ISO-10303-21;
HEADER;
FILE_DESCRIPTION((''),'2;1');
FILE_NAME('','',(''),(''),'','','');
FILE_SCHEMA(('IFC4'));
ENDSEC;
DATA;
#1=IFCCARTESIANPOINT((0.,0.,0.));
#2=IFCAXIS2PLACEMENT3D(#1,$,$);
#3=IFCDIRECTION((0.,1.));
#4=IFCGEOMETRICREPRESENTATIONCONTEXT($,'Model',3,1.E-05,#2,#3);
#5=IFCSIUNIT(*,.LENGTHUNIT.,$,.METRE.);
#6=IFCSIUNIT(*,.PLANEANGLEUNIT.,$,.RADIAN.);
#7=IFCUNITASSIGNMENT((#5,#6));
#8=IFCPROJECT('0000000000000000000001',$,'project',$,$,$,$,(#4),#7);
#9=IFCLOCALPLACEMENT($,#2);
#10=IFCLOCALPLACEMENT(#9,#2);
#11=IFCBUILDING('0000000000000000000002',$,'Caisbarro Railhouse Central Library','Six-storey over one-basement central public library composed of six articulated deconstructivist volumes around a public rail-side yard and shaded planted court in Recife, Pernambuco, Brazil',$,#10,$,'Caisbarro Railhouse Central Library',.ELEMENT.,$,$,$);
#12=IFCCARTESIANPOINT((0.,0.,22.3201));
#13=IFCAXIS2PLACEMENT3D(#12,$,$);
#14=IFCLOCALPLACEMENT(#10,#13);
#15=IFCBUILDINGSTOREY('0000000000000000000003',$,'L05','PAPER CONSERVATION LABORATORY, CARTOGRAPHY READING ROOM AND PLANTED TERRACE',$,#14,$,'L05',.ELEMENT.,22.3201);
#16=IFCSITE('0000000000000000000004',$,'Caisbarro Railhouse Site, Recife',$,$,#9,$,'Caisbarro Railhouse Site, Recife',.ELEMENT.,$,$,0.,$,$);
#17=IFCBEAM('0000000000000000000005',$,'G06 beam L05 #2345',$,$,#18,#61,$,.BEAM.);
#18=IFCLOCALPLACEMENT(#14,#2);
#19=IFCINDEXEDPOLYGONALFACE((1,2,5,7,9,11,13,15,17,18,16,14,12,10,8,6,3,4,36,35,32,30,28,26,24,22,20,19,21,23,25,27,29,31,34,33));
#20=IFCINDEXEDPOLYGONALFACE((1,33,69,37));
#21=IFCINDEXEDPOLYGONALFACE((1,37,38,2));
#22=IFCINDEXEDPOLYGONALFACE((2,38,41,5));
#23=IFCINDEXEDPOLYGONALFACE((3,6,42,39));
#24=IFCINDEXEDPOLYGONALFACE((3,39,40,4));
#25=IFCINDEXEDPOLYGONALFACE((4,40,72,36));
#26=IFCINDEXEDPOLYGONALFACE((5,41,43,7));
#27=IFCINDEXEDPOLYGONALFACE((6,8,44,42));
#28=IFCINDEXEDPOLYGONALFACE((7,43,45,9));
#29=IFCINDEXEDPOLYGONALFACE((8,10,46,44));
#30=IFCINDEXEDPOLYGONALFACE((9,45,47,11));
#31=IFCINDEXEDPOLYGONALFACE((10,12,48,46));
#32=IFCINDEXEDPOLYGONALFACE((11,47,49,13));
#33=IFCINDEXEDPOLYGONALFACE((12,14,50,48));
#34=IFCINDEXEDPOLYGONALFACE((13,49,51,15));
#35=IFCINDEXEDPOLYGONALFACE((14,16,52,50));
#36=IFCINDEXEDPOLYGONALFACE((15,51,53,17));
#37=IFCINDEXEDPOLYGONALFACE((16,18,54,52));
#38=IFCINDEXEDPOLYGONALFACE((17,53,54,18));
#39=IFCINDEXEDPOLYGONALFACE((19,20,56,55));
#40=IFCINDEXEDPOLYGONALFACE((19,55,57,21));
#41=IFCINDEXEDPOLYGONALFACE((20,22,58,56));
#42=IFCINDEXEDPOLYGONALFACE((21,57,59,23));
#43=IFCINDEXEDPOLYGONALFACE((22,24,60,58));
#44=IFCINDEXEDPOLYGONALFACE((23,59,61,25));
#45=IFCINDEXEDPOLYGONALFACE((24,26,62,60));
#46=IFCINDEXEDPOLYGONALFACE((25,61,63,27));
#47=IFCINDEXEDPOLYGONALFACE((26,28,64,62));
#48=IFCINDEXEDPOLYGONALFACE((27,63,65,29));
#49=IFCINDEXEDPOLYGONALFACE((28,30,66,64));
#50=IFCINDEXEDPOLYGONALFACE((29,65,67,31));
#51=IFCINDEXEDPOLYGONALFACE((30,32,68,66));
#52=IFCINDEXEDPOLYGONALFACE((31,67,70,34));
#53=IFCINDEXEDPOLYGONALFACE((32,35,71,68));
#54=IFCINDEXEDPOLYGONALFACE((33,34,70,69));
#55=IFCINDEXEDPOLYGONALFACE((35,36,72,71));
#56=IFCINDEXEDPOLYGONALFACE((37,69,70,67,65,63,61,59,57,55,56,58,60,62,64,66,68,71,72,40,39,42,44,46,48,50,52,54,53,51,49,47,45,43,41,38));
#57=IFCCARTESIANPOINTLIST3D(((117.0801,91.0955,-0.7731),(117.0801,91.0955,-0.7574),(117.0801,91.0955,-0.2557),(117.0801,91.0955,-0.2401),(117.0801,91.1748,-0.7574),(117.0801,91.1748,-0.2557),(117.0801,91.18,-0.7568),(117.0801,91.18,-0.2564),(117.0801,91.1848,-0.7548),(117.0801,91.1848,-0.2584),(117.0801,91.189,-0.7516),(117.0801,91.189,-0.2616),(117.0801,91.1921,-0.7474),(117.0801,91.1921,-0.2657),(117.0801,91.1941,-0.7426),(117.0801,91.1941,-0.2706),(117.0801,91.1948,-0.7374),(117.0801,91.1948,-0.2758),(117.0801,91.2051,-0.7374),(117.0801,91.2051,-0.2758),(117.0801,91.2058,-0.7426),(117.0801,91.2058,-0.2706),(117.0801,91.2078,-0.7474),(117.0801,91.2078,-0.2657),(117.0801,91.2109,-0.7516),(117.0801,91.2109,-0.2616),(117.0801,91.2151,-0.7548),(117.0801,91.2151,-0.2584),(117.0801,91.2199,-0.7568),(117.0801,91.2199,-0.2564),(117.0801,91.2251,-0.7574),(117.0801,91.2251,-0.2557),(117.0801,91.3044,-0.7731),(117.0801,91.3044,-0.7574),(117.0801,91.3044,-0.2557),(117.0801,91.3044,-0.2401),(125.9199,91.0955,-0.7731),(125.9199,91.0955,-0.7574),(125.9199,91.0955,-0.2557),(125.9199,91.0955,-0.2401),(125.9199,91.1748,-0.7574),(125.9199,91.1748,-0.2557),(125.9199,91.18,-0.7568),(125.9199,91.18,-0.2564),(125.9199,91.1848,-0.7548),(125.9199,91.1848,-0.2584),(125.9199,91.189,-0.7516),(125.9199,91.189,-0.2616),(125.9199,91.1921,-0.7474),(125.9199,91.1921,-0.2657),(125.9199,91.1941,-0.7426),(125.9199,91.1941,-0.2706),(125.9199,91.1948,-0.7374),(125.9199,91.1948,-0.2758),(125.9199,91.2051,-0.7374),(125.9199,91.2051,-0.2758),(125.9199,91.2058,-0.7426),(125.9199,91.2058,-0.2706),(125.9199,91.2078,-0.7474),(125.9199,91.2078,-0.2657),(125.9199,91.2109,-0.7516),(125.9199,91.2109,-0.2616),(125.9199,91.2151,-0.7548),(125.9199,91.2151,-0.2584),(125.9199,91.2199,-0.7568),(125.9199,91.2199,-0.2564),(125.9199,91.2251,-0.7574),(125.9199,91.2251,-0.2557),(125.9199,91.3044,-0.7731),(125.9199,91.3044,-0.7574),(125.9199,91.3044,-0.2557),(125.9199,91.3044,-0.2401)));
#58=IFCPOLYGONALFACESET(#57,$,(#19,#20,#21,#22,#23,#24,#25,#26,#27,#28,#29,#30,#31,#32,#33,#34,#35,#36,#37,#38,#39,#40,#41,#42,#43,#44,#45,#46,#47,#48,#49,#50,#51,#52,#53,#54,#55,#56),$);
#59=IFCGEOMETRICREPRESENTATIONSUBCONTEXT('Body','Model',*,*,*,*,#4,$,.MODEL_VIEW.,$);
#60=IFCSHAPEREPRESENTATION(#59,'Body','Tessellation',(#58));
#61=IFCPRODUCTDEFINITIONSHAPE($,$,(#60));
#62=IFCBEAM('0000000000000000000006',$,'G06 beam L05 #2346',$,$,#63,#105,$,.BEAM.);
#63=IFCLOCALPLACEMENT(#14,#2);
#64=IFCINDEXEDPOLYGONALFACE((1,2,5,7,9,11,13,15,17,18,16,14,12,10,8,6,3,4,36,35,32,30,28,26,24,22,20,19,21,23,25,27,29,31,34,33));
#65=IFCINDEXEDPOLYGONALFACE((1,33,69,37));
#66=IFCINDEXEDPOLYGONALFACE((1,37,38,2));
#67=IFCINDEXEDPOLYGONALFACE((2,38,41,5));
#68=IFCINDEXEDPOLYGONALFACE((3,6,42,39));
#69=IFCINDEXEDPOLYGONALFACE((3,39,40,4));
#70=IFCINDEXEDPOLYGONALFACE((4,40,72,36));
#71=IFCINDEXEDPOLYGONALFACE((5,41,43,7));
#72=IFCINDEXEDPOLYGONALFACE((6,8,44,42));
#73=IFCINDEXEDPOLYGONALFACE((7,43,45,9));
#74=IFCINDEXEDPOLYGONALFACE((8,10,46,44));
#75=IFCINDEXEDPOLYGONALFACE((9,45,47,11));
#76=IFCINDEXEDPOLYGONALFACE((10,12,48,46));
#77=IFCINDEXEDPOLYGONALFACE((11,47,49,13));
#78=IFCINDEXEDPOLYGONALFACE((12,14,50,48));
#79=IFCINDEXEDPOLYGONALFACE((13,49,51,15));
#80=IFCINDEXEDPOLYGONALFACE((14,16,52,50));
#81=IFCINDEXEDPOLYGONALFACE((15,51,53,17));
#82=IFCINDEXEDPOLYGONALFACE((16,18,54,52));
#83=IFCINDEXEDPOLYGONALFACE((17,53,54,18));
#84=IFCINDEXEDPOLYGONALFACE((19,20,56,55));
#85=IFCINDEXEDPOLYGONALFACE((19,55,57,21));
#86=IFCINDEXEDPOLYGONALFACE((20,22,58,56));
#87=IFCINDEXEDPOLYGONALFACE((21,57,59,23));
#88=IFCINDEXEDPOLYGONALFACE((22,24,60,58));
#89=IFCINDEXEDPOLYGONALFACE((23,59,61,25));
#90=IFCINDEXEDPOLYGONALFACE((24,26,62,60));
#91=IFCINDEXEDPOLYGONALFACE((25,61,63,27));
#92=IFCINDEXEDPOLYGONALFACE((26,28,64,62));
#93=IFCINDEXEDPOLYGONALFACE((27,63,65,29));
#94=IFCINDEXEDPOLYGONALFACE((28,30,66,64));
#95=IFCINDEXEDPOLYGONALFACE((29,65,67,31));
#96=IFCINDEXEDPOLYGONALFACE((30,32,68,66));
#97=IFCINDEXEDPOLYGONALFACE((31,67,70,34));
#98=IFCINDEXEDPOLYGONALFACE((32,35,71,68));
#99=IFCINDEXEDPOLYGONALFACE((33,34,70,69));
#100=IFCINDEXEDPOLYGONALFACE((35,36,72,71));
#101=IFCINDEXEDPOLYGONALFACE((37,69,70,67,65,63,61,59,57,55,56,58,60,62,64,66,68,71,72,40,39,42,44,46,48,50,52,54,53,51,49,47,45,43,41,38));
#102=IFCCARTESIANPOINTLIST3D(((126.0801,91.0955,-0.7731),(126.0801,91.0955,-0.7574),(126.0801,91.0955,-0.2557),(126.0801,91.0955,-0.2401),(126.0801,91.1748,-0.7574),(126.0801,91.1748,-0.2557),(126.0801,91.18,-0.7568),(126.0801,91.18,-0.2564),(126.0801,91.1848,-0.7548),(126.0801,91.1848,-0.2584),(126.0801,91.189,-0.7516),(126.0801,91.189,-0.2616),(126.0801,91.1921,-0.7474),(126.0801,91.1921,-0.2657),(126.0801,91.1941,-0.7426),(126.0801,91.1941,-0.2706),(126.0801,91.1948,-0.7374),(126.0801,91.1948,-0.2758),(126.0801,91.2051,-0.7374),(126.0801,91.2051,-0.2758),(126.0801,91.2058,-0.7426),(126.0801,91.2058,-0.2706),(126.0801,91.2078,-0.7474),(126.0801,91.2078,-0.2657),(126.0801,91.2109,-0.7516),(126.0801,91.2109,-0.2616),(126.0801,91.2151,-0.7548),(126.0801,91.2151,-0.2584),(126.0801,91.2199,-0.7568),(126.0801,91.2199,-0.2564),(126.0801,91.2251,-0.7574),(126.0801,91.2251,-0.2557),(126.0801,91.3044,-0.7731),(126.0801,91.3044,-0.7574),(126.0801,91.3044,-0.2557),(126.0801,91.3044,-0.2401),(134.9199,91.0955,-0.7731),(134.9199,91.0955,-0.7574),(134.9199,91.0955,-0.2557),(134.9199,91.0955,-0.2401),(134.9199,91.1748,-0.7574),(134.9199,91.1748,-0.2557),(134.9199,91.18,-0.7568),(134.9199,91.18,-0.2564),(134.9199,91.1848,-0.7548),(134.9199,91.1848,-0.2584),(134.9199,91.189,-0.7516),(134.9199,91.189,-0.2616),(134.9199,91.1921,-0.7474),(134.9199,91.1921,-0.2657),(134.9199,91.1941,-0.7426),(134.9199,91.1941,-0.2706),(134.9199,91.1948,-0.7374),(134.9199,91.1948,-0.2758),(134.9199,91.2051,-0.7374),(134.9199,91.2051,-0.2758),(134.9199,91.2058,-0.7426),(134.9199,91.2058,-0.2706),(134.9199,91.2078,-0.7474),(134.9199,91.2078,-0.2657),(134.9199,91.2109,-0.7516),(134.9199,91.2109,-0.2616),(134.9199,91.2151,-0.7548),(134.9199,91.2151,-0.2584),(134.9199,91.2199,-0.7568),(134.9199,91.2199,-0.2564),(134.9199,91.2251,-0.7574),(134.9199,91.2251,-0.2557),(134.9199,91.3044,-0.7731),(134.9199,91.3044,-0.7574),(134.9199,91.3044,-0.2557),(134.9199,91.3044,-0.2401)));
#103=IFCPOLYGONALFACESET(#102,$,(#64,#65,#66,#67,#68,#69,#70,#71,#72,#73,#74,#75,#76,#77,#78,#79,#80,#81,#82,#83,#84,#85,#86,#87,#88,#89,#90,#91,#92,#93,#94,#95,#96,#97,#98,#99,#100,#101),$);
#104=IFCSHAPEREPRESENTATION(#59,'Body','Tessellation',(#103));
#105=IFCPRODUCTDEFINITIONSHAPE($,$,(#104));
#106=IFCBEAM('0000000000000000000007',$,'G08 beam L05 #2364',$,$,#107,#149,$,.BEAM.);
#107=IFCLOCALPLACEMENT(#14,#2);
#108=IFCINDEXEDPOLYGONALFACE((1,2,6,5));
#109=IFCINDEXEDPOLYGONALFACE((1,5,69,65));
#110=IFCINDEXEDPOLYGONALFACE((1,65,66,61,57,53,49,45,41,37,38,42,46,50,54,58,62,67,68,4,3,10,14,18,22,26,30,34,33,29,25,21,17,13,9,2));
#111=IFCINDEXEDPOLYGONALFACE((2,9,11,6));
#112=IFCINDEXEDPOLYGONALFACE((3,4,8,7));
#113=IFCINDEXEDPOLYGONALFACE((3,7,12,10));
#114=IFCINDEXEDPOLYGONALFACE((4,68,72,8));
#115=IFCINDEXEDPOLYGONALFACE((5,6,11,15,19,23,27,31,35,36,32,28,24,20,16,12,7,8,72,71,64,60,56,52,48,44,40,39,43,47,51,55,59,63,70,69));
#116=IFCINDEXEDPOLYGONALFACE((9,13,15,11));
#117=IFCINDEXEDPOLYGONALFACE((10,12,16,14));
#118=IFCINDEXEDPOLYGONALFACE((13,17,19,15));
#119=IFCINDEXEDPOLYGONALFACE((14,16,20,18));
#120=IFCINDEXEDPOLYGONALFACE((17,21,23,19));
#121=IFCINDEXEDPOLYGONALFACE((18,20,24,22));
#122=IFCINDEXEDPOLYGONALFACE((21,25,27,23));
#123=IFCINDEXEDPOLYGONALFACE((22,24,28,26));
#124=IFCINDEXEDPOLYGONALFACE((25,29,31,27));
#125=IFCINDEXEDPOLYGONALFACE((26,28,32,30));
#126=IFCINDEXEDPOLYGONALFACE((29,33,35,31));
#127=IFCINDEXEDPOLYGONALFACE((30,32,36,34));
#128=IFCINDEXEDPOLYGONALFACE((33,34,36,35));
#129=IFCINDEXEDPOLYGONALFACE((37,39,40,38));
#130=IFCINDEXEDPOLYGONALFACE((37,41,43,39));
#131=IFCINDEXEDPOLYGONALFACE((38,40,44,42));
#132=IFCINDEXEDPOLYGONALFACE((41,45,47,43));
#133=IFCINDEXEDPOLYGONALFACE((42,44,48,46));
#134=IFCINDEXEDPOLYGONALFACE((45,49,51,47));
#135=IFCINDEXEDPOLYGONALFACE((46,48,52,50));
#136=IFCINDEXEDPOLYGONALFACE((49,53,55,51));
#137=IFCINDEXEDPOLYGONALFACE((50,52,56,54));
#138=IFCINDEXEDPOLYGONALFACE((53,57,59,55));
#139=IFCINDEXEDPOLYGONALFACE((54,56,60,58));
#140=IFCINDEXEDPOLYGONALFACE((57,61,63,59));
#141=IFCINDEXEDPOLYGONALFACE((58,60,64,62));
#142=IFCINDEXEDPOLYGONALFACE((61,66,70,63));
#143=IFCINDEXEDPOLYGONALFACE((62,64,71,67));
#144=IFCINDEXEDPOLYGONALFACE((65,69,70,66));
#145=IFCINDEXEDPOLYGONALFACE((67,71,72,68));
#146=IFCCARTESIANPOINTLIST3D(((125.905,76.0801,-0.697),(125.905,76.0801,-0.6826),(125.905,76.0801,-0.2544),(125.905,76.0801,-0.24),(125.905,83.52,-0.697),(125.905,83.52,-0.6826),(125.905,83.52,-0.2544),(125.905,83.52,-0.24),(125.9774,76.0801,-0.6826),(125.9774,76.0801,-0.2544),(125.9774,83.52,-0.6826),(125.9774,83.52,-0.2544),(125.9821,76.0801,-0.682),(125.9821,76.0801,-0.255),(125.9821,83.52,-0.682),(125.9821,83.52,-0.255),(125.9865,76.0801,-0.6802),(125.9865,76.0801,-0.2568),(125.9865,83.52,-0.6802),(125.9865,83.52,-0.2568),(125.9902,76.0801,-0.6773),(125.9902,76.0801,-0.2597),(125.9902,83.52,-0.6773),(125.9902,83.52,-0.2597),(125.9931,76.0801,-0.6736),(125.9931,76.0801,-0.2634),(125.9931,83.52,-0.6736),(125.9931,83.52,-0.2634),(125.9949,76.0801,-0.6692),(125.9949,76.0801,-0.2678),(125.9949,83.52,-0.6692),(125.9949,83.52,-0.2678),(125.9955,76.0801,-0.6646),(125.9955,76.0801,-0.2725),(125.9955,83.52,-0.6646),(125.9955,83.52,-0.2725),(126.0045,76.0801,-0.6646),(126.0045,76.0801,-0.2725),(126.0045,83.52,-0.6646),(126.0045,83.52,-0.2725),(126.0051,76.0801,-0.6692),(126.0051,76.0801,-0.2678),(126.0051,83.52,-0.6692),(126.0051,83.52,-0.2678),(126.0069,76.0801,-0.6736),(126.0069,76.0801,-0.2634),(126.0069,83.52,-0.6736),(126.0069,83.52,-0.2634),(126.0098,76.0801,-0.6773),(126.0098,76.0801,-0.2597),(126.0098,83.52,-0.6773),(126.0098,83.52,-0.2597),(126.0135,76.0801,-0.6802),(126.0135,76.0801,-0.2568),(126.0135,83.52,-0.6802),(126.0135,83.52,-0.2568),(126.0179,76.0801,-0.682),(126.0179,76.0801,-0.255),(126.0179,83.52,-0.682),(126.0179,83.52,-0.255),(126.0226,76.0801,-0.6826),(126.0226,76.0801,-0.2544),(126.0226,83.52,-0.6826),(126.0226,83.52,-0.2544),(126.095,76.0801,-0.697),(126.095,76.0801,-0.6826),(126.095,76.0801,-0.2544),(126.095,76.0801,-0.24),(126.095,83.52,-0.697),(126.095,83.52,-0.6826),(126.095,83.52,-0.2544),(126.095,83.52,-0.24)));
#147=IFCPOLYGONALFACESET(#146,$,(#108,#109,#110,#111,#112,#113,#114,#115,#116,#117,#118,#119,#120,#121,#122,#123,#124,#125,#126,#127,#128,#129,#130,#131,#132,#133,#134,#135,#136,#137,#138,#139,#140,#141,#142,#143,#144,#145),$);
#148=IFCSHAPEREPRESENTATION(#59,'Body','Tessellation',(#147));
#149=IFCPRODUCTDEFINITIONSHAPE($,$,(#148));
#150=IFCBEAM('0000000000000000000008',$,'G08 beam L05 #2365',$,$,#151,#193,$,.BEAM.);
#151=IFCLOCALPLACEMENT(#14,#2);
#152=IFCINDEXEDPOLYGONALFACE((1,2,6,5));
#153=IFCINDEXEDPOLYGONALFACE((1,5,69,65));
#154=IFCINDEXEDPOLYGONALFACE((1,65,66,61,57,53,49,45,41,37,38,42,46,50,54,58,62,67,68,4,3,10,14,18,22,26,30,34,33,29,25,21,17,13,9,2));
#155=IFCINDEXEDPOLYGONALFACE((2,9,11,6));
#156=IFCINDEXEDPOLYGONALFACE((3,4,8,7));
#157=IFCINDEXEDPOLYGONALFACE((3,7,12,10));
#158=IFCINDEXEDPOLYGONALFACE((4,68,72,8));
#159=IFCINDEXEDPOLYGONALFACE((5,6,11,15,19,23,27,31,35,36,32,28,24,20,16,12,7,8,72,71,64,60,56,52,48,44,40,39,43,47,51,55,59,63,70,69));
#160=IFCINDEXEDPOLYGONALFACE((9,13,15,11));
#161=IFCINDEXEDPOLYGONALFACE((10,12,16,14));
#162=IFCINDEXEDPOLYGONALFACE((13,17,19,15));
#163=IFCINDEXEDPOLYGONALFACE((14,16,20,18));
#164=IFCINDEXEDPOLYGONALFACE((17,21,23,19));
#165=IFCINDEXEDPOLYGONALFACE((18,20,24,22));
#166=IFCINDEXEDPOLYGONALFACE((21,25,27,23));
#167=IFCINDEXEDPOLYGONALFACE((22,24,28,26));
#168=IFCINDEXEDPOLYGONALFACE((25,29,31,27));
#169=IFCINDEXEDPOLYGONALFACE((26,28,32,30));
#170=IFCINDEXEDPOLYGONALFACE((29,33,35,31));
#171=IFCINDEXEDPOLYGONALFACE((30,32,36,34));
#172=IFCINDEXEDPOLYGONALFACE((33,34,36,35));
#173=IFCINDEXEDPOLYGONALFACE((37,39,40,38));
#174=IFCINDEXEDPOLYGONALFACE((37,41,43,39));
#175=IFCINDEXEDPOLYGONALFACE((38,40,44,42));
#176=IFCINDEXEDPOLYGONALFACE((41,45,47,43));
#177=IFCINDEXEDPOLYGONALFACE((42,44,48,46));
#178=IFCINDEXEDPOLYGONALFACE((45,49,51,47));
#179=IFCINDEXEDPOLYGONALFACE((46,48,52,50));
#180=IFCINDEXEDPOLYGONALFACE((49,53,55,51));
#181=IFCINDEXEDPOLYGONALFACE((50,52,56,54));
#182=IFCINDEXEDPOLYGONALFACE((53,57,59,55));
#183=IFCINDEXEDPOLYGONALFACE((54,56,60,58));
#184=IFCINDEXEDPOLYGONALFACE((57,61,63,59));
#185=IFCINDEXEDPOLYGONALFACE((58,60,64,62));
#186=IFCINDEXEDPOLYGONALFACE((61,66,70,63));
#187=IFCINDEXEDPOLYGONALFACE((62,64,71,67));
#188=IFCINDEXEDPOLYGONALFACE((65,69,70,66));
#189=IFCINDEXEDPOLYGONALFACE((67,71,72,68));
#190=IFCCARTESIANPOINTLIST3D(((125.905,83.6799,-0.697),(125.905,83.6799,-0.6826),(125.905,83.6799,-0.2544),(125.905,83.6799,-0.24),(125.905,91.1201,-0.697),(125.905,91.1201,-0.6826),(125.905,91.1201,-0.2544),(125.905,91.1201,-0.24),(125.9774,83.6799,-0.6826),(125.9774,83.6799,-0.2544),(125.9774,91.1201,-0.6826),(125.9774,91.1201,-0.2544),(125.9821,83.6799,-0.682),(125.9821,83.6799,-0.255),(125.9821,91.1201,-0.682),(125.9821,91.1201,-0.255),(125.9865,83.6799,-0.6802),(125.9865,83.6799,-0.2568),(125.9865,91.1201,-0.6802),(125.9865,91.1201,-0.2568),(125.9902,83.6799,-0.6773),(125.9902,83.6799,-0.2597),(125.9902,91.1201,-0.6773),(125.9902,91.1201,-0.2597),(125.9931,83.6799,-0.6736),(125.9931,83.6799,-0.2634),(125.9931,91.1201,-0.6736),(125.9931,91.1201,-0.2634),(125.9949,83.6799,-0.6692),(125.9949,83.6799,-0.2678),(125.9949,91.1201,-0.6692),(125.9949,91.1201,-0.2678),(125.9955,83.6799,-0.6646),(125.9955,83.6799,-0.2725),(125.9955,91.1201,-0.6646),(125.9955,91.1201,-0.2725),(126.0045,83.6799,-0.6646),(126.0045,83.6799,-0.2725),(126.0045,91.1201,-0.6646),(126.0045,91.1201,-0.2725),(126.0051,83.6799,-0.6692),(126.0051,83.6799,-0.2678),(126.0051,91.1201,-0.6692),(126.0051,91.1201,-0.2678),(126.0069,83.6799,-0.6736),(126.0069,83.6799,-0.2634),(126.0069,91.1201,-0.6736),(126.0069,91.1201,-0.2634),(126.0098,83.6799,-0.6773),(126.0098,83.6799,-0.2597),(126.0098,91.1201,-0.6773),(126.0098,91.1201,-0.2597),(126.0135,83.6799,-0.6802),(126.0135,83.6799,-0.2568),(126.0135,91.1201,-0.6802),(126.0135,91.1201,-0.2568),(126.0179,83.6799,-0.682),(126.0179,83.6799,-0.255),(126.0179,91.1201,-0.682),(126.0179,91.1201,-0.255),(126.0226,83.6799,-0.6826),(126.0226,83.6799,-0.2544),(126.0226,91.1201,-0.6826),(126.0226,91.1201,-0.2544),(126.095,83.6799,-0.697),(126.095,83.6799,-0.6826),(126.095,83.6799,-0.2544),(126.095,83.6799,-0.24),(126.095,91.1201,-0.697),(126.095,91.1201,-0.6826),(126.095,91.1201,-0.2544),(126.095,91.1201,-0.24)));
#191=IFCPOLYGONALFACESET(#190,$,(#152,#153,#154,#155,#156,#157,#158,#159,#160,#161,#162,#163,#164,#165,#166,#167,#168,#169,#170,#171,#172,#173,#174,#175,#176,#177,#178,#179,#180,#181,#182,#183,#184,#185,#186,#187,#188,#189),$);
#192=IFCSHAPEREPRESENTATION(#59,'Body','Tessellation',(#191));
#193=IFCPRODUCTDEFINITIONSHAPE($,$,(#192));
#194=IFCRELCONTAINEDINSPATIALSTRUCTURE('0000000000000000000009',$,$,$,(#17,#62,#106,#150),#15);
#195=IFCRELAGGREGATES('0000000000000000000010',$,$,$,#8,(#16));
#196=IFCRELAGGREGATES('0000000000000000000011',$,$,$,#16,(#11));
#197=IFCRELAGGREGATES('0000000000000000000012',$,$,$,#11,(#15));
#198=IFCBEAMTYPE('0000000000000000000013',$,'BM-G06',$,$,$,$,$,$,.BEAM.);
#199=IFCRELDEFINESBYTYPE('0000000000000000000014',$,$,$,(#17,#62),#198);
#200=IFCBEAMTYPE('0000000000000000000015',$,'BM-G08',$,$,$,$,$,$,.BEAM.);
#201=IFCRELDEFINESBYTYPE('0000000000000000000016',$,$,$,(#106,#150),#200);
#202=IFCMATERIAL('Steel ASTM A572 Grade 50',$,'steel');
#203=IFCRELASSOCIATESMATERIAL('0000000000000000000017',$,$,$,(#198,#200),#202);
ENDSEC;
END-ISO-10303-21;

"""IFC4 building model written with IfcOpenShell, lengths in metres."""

from ifc_helpers import new_model, si_unit, direction, frame, origin, origin_2d, place, context, subcontext, project, spatial, i_section, extrude, material, material_profile, profile_set, type_object, element, save


model = new_model("IFC4")

# Units and contexts
model_context = context("Model", 3, precision=1e-05, world=origin(), true_north=direction((0.0, 1.0)))
body_context = subcontext(model_context, "Body", "Model", "MODEL_VIEW")
ifc_project = project(units=[si_unit("LENGTHUNIT", "METRE"), si_unit("PLANEANGLEUNIT", "RADIAN")], contexts=[model_context])

# Site, building, storey
site_placement = place(None, origin())
site = spatial("IfcSite", under=ifc_project, at=site_placement, Name="Caisbarro Railhouse Site, Recife", LongName="Caisbarro Railhouse Site, Recife", CompositionType="ELEMENT", RefElevation=0.0)
building_placement = place(site_placement, origin())
building = spatial("IfcBuilding", under=site, at=building_placement, Name="Caisbarro Railhouse Central Library", Description="Six-storey over one-basement central public library composed of six articulated deconstructivist volumes around a public rail-side yard and shaded planted court in Recife, Pernambuco, Brazil", LongName="Caisbarro Railhouse Central Library", CompositionType="ELEMENT")
storey_placement = place(building_placement, frame((0.0, 0.0, 22.3201)))
storey = spatial("IfcBuildingStorey", under=building, at=storey_placement, Name="L05", Description="PAPER CONSERVATION LABORATORY, CARTOGRAPHY READING ROOM AND PLANTED TERRACE", LongName="L05", CompositionType="ELEMENT", Elevation=22.3201)

# Beams
ifc_material_1 = material(Name="Steel ASTM A572 Grade 50", Category="steel")
ifc_material_profile_1 = material_profile(ifc_material_1, i_section(OverallWidth=0.209, OverallDepth=0.533, WebThickness=0.0103, FlangeThickness=0.0156, FilletRadius=0.02, at=origin_2d()), Name="W530X92.0")
ifc_profile_set_1 = profile_set([ifc_material_profile_1], Name="Steel ASTM A572 Grade 50")
beam_type_1 = type_object("IfcBeamType", Name="BM-G06", PredefinedType="BEAM", material=ifc_profile_set_1)
for number, where, z_axis, x_axis, name in (
    (1, (117.0801, 91.2, -0.5066), (1.0, 0.0, 0.0), (0.0, 1.0, 0.0), "G06 beam L05 #2345"),
    (2, (126.0801, 91.2, -0.5066), (1.0, 0.0, 0.0), (0.0, 1.0, 0.0), "G06 beam L05 #2346"),
):
    element("IfcBeam", number, at=place(storey_placement, frame(where, z_axis=z_axis, x_axis=x_axis)), inside=storey, type_object=beam_type_1, Name=name, PredefinedType="BEAM", context=body_context, shape_type="SweptSolid", body=[
        extrude(i_section(OverallWidth=0.209, OverallDepth=0.533, WebThickness=0.0103, FlangeThickness=0.0156, FilletRadius=0.02, at=origin_2d()), origin(), (0.0, 0.0, 1.0), 8.8398),
    ])
ifc_material_profile_2 = material_profile(ifc_material_1, i_section(OverallWidth=0.1899, OverallDepth=0.457, WebThickness=0.009, FlangeThickness=0.0144, FilletRadius=0.0181, at=origin_2d()), Name="W460X74.0")
ifc_profile_set_2 = profile_set([ifc_material_profile_2], Name="Steel ASTM A572 Grade 50")
beam_type_2 = type_object("IfcBeamType", Name="BM-G08", PredefinedType="BEAM", material=ifc_profile_set_2)
beam_1_placement = place(storey_placement, frame((126.0, 76.0801, -0.4685), z_axis=(0.0, 1.0, 0.0), x_axis=(-1.0, 0.0, 0.0)))
element("IfcBeam", 3, at=beam_1_placement, inside=storey, type_object=beam_type_2, Name="G08 beam L05 #2364", PredefinedType="BEAM", context=body_context, shape_type="SweptSolid", body=[
    extrude(i_section(OverallWidth=0.1899, OverallDepth=0.457, WebThickness=0.009, FlangeThickness=0.0144, FilletRadius=0.0181, at=origin_2d()), origin(), (0.0, 0.0, 1.0), 7.4399),
])
beam_2_placement = place(storey_placement, frame((126.0, 83.6799, -0.4685), z_axis=(0.0, 1.0, 0.0), x_axis=(-1.0, 0.0, 0.0)))
element("IfcBeam", 4, at=beam_2_placement, inside=storey, type_object=beam_type_2, Name="G08 beam L05 #2365", PredefinedType="BEAM", context=body_context, shape_type="SweptSolid", body=[
    extrude(i_section(OverallWidth=0.1899, OverallDepth=0.457, WebThickness=0.009, FlangeThickness=0.0144, FilletRadius=0.0181, at=origin_2d()), origin(), (0.0, 0.0, 1.0), 7.4402),
])

save(model, "model.ifc")
